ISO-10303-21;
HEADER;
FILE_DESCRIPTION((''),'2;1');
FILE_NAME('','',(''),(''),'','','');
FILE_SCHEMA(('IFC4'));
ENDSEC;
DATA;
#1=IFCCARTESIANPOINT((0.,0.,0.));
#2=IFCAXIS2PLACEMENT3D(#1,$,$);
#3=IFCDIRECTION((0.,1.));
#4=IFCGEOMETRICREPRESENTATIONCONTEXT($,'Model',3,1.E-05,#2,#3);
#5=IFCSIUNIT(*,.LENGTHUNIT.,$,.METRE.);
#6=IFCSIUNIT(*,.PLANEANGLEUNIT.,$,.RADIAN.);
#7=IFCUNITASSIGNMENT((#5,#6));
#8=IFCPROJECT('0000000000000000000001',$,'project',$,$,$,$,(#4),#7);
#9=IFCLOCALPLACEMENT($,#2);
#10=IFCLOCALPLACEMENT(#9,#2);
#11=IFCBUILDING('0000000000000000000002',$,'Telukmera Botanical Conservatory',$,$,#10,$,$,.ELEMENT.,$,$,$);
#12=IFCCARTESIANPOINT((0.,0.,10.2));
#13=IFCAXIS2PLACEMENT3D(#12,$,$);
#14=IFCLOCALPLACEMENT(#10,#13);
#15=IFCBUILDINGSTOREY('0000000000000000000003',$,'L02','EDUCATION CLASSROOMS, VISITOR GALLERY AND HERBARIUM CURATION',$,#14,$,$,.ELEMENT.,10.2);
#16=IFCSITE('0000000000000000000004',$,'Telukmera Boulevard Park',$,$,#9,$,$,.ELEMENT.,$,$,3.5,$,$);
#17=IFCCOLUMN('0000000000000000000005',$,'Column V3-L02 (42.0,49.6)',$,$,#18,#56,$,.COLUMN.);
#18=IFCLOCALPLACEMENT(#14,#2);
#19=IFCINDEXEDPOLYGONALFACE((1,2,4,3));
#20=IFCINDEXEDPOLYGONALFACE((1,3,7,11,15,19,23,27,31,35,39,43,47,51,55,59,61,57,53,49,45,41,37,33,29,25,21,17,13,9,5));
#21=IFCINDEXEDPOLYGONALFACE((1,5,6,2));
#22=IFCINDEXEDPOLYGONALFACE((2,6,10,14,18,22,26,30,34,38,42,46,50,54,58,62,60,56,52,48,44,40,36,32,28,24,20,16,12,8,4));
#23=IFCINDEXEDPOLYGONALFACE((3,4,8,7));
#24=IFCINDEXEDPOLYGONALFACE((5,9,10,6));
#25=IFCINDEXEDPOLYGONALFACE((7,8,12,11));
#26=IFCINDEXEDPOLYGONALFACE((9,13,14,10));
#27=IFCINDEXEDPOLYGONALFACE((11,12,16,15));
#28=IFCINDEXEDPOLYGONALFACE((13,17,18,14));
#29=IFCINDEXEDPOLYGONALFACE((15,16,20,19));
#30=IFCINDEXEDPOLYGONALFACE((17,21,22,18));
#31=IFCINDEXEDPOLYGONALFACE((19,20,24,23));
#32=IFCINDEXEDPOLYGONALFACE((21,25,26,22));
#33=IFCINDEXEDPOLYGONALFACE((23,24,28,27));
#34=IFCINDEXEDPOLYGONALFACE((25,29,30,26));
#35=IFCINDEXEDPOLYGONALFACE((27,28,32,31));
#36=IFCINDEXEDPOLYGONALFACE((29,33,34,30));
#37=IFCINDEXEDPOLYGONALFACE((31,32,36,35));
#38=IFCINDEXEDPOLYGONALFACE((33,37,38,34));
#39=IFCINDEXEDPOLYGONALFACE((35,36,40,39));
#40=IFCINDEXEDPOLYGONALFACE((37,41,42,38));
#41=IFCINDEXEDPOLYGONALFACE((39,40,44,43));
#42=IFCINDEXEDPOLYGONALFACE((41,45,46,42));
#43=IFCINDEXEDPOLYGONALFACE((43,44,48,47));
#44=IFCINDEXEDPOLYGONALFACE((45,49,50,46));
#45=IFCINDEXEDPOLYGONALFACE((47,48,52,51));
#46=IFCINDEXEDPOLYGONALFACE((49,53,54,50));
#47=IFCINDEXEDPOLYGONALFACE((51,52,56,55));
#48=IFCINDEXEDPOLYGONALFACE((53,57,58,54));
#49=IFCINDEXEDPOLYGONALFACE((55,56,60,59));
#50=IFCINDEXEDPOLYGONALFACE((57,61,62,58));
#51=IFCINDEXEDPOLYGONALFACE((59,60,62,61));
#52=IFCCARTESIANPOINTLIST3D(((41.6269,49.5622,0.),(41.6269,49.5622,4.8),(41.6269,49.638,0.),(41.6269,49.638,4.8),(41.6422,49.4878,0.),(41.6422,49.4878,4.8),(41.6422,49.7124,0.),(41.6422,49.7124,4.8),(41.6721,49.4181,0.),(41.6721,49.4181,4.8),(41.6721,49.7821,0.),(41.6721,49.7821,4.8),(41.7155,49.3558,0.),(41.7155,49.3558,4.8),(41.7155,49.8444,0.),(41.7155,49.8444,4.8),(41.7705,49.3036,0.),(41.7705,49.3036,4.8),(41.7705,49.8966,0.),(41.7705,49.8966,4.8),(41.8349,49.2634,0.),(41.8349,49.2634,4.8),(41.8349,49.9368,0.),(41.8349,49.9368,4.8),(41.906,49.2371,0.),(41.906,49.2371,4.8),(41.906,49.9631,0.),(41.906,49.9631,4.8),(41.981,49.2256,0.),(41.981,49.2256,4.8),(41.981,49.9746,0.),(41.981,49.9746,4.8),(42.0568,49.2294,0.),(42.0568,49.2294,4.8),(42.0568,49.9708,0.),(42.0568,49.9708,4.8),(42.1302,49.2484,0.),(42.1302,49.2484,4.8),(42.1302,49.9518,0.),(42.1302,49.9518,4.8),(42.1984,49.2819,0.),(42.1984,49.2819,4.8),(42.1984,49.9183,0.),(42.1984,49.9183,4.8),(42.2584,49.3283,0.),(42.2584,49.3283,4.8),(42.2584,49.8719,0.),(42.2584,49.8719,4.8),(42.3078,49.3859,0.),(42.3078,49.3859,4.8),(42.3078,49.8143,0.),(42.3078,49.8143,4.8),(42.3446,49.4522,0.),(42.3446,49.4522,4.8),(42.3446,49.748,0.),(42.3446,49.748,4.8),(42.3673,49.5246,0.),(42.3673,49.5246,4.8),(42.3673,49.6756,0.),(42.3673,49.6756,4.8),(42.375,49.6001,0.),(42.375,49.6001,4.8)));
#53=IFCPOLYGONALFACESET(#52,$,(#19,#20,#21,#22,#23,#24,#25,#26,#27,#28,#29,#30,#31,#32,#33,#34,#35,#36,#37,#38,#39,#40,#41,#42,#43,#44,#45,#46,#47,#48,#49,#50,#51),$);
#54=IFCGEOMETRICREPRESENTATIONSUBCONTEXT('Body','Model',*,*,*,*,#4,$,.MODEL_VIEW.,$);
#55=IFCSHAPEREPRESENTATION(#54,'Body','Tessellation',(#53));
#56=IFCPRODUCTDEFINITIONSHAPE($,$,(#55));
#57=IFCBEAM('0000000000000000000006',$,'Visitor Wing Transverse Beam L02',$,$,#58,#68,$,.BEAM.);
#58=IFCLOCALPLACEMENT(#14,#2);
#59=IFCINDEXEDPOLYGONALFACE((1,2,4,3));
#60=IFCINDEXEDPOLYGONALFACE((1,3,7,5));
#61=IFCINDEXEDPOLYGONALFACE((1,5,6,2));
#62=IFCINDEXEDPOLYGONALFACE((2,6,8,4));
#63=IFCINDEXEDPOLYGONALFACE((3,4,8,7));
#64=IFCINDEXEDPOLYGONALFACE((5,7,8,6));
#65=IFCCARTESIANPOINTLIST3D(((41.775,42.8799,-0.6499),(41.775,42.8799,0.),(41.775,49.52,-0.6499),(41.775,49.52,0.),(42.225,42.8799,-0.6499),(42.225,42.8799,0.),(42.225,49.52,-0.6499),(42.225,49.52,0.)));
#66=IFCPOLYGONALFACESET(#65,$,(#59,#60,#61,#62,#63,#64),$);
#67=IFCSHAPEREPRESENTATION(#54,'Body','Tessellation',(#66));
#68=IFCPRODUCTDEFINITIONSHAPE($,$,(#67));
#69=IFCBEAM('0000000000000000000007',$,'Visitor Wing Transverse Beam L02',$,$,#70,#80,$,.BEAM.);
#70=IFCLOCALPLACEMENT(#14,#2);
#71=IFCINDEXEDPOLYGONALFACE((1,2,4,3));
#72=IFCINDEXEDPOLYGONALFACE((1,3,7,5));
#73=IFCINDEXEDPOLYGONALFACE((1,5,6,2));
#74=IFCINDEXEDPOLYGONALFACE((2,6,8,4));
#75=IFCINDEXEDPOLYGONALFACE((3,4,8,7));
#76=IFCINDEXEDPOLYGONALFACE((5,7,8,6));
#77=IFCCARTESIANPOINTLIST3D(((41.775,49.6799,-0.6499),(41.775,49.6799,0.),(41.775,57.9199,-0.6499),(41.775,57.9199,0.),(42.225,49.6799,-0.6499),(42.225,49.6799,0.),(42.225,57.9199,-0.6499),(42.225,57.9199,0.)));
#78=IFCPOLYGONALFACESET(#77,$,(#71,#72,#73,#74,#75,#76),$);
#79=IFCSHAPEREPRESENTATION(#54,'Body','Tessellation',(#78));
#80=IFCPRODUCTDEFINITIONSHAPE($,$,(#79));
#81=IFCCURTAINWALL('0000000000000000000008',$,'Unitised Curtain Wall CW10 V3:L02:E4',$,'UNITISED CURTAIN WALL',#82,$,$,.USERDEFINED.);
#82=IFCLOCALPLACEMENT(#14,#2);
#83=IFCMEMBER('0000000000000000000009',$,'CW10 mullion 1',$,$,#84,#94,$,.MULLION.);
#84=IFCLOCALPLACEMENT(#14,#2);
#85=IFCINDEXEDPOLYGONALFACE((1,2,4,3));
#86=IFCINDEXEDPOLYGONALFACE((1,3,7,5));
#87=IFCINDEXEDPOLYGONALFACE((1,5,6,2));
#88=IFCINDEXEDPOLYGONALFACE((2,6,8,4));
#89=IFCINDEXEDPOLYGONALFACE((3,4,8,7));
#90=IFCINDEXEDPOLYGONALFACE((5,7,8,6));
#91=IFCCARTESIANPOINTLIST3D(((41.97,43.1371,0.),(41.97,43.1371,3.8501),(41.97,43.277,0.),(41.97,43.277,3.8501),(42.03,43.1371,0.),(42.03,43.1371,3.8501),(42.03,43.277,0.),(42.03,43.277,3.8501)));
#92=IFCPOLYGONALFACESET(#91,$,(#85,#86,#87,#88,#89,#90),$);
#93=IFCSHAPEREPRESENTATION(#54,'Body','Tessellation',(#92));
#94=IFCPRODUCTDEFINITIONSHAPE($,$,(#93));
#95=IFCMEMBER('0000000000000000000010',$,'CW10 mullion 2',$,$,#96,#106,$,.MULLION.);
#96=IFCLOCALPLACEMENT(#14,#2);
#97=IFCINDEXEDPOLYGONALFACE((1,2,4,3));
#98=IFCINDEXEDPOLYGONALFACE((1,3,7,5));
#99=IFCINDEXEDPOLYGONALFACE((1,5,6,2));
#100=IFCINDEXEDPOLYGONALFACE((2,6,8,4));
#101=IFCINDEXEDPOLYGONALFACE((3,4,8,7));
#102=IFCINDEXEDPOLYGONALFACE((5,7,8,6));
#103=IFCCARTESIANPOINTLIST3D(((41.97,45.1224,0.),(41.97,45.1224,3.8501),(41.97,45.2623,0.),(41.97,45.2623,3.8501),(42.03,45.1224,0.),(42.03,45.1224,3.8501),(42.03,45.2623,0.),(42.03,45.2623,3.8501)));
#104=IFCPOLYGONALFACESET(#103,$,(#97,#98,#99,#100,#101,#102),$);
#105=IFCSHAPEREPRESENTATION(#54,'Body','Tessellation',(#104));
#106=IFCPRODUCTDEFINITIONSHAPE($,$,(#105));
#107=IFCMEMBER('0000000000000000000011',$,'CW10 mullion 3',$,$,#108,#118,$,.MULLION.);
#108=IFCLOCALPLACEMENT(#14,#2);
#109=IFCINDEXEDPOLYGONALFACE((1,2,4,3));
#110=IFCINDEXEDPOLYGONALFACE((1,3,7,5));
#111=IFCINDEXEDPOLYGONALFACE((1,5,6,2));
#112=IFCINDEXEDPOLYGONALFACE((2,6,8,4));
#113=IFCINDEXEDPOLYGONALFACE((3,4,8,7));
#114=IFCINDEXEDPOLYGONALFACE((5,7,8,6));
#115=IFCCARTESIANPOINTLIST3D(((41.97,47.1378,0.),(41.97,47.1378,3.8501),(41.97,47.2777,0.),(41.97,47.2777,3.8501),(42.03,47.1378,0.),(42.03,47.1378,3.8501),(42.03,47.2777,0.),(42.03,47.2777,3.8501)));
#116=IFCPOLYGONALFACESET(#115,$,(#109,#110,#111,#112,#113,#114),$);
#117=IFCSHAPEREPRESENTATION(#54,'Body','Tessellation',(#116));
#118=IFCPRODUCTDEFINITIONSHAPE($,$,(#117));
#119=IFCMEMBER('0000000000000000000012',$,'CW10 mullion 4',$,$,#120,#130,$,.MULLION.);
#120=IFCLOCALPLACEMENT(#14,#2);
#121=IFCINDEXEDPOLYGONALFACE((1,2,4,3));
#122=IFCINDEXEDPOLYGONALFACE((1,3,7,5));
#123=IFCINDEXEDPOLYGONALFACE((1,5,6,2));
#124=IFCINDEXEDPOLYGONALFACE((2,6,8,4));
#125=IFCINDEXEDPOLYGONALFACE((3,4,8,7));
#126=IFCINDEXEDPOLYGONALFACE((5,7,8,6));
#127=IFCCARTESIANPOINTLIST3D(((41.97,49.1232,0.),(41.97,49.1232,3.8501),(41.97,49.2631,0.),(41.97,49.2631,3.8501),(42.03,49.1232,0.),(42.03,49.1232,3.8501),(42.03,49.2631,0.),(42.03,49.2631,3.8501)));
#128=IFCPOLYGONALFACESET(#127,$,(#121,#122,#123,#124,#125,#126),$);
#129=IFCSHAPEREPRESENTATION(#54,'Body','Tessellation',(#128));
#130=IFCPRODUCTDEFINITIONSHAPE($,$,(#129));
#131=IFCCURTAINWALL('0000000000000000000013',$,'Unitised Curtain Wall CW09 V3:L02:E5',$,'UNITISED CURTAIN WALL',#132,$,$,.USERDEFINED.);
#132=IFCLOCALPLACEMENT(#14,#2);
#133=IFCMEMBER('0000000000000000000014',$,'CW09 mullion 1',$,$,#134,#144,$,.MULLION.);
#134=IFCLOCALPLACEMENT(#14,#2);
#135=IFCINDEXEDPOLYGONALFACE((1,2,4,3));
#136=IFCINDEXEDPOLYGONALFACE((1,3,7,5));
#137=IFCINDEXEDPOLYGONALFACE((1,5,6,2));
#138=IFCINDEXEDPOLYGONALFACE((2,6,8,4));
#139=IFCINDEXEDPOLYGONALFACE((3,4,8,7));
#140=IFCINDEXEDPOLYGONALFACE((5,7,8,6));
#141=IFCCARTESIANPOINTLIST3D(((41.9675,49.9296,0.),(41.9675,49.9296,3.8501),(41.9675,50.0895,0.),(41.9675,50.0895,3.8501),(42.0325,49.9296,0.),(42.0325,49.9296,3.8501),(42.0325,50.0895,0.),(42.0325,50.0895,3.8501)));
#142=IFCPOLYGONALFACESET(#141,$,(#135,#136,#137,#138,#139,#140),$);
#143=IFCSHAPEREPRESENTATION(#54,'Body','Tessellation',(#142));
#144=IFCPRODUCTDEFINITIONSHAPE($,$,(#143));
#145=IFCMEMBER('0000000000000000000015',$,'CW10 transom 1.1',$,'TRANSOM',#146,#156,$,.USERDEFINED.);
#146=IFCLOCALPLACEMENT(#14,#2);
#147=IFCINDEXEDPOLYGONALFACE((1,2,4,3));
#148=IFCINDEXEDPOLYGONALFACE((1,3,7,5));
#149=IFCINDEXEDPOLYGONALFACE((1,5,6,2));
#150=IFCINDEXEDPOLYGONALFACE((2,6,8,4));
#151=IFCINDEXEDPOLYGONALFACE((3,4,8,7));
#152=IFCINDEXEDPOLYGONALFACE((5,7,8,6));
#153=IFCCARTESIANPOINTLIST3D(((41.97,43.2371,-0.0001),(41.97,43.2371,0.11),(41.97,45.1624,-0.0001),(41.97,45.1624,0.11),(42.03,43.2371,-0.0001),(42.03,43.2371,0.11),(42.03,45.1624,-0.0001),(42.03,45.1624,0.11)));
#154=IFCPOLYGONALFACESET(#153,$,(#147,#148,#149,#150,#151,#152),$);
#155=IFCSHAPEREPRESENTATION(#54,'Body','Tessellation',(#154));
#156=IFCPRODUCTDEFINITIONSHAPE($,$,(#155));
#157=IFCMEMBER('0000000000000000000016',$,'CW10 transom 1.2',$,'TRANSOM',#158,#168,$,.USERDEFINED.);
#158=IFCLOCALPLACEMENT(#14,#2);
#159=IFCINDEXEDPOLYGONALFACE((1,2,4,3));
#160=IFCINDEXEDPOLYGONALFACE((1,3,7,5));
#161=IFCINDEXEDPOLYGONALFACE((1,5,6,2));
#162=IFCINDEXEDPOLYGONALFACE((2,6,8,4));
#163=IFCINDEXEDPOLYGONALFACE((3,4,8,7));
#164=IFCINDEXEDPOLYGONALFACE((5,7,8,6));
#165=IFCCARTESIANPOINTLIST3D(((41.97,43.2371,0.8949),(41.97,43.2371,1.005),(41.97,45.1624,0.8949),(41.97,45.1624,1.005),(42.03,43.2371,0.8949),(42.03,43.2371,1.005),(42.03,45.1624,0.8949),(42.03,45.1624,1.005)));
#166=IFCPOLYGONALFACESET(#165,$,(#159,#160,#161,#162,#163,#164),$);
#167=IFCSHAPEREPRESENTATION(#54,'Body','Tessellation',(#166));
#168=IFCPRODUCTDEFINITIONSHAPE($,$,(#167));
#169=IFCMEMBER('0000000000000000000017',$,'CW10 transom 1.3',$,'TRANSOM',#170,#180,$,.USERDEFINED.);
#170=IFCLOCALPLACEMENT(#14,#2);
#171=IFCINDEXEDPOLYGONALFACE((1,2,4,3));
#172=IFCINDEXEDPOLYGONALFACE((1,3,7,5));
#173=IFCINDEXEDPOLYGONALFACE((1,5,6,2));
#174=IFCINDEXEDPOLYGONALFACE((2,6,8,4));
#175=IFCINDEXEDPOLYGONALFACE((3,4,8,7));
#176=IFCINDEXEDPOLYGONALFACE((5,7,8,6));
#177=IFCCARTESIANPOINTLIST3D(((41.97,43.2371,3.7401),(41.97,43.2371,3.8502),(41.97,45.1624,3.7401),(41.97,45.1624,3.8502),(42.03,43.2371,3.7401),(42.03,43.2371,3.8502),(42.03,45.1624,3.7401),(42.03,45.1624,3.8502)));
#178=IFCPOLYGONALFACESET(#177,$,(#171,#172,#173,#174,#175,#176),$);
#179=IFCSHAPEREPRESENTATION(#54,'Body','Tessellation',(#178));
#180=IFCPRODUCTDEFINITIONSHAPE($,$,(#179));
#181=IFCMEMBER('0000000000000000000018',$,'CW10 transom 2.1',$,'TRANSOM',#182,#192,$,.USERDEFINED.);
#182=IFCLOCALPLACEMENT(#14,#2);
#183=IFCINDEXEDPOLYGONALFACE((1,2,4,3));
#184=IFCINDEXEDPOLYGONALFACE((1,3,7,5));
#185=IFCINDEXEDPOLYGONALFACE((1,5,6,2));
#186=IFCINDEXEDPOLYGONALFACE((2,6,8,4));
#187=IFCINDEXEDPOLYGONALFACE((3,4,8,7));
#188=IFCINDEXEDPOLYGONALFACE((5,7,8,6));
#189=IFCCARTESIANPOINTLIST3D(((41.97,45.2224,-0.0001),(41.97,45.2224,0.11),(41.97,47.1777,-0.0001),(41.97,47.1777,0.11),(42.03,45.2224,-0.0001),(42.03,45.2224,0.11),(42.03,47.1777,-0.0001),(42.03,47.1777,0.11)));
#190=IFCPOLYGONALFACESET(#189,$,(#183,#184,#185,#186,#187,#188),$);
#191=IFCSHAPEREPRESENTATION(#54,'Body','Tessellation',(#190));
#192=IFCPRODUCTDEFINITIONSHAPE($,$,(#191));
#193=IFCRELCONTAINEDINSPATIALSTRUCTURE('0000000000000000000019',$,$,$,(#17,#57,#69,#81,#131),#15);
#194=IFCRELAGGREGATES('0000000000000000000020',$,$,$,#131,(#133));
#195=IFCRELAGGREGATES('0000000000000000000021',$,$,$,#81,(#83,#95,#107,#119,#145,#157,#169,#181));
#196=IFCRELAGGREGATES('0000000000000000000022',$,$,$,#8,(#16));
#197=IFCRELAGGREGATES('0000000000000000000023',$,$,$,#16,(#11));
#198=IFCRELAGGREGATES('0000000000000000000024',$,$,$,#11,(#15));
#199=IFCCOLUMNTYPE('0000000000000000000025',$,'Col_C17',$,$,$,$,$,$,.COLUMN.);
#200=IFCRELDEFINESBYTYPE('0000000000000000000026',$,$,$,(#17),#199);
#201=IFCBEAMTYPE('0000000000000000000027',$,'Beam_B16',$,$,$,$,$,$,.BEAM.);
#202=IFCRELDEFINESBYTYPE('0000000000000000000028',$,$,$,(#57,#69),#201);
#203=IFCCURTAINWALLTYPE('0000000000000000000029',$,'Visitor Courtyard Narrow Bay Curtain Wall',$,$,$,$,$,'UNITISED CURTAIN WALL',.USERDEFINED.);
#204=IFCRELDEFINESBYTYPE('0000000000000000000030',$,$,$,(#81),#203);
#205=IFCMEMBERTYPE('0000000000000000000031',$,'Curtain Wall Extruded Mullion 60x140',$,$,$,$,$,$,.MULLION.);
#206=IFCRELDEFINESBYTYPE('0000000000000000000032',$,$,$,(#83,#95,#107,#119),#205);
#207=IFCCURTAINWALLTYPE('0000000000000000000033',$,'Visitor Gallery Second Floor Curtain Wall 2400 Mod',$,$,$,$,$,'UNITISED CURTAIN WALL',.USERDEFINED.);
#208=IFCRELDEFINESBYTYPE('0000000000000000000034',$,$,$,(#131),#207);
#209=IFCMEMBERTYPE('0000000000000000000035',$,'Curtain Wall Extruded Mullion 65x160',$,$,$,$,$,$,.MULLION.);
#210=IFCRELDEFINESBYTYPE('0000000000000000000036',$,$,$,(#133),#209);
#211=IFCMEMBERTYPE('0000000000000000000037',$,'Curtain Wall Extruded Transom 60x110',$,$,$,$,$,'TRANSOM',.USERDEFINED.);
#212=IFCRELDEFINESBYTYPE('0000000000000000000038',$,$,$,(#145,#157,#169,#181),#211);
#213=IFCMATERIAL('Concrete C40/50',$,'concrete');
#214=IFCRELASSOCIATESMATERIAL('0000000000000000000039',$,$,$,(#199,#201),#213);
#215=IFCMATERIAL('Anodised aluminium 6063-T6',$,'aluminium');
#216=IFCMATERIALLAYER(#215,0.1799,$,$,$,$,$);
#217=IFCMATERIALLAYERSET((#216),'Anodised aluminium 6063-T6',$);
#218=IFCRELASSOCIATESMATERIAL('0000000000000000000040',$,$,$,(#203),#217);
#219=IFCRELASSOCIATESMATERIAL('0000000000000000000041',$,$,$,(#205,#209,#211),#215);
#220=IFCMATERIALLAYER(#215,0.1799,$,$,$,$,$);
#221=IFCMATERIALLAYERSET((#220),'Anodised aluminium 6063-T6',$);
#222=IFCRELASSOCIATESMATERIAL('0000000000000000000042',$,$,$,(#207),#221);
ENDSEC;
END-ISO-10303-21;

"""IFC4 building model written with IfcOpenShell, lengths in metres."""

from ifc_helpers import new_model, si_unit, direction, frame, origin, origin_2d, place, context, subcontext, project, spatial, rectangle, circle, extrude, material, layer, layer_set, material_profile, profile_set, type_object, element, aggregate, save


model = new_model("IFC4")

# Units and contexts
model_context = context("Model", 3, precision=1e-05, world=origin(), true_north=direction((0.0, 1.0)))
body_context = subcontext(model_context, "Body", "Model", "MODEL_VIEW")
ifc_project = project(units=[si_unit("LENGTHUNIT", "METRE"), si_unit("PLANEANGLEUNIT", "RADIAN")], contexts=[model_context])

# Site, building, storey
site_placement = place(None, origin())
site = spatial("IfcSite", under=ifc_project, at=site_placement, Name="Telukmera Boulevard Park", CompositionType="ELEMENT", RefElevation=3.5)
building_placement = place(site_placement, origin())
building = spatial("IfcBuilding", under=site, at=building_placement, Name="Telukmera Botanical Conservatory", CompositionType="ELEMENT")
storey_placement = place(building_placement, frame((0.0, 0.0, 10.2)))
storey = spatial("IfcBuildingStorey", under=building, at=storey_placement, Name="L02", Description="EDUCATION CLASSROOMS, VISITOR GALLERY AND HERBARIUM CURATION", CompositionType="ELEMENT", Elevation=10.2)

# Column
ifc_material_1 = material(Name="Concrete C40/50", Category="concrete")
ifc_material_profile_1 = material_profile(ifc_material_1, circle(Radius=0.375, at=origin_2d()), Name="RC D750")
ifc_profile_set_1 = profile_set([ifc_material_profile_1], Name="Concrete C40/50")
column_type = type_object("IfcColumnType", Name="Col_C17", PredefinedType="COLUMN", material=ifc_profile_set_1)
column_placement = place(storey_placement, frame((42.0, 49.6001, 0.0), z_axis=(0.0, 0.0, 1.0), x_axis=(1.0, 0.0, 0.0)))
element("IfcColumn", 1, at=column_placement, inside=storey, type_object=column_type, Name="Column V3-L02 (42.0,49.6)", PredefinedType="COLUMN", context=body_context, shape_type="SweptSolid", body=[
    extrude(circle(Radius=0.375, at=origin_2d()), origin(), (0.0, 0.0, 1.0), 4.8),
])

# Beams
ifc_material_profile_2 = material_profile(ifc_material_1, rectangle(XDim=0.45, YDim=0.6499, at=origin_2d()), Name="RC 450x650")
ifc_profile_set_2 = profile_set([ifc_material_profile_2], Name="Concrete C40/50")
beam_type = type_object("IfcBeamType", Name="Beam_B16", PredefinedType="BEAM", material=ifc_profile_set_2)
beam_1_placement = place(storey_placement, frame((42.0, 42.8799, -0.325), z_axis=(0.0, 1.0, 0.0), x_axis=(-1.0, 0.0, 0.0)))
element("IfcBeam", 2, at=beam_1_placement, inside=storey, type_object=beam_type, Name="Visitor Wing Transverse Beam L02", PredefinedType="BEAM", context=body_context, shape_type="SweptSolid", body=[
    extrude(rectangle(XDim=0.45, YDim=0.6499, at=origin_2d()), origin(), (0.0, 0.0, 1.0), 6.6401),
])
beam_2_placement = place(storey_placement, frame((42.0, 49.6799, -0.325), z_axis=(0.0, 1.0, 0.0), x_axis=(-1.0, 0.0, 0.0)))
element("IfcBeam", 3, at=beam_2_placement, inside=storey, type_object=beam_type, Name="Visitor Wing Transverse Beam L02", PredefinedType="BEAM", context=body_context, shape_type="SweptSolid", body=[
    extrude(rectangle(XDim=0.45, YDim=0.6499, at=origin_2d()), origin(), (0.0, 0.0, 1.0), 8.24),
])

# Curtain wall, members
ifc_material_2 = material(Name="Anodised aluminium 6063-T6", Category="aluminium")
ifc_layer_1 = layer(ifc_material_2, 0.1799)
ifc_layer_set_1 = layer_set([ifc_layer_1], Name="Anodised aluminium 6063-T6")
curtain_wall_type_1 = type_object("IfcCurtainWallType", Name="Visitor Courtyard Narrow Bay Curtain Wall", ElementType="UNITISED CURTAIN WALL", PredefinedType="USERDEFINED", material=ifc_layer_set_1)
curtain_wall_1_placement = place(storey_placement, origin())
curtain_wall_1 = element("IfcCurtainWall", 4, at=curtain_wall_1_placement, inside=storey, type_object=curtain_wall_type_1, Name="Unitised Curtain Wall CW10 V3:L02:E4", ObjectType="UNITISED CURTAIN WALL", PredefinedType="USERDEFINED")
ifc_material_profile_3 = material_profile(ifc_material_2, rectangle(XDim=0.0601, YDim=0.1399, at=origin_2d()), Name="ALU MULL 60x140")
ifc_profile_set_3 = profile_set([ifc_material_profile_3], Name="Anodised aluminium 6063-T6")
member_type_1 = type_object("IfcMemberType", Name="Curtain Wall Extruded Mullion 60x140", PredefinedType="MULLION", material=ifc_profile_set_3)
member_1_placement = place(storey_placement, frame((42.0, 43.207, 0.0), z_axis=(0.0, 0.0, 1.0), x_axis=(-1.0, 0.0, 0.0)))
member_1 = element("IfcMember", 5, at=member_1_placement, type_object=member_type_1, Name="CW10 mullion 1", PredefinedType="MULLION", context=body_context, shape_type="SweptSolid", body=[
    extrude(rectangle(XDim=0.0601, YDim=0.1399, at=origin_2d()), origin(), (0.0, 0.0, 1.0), 3.8501),
])
member_2_placement = place(storey_placement, frame((42.0, 45.1924, 0.0), z_axis=(0.0, 0.0, 1.0), x_axis=(-1.0, 0.0, 0.0)))
member_2 = element("IfcMember", 6, at=member_2_placement, type_object=member_type_1, Name="CW10 mullion 2", PredefinedType="MULLION", context=body_context, shape_type="SweptSolid", body=[
    extrude(rectangle(XDim=0.0601, YDim=0.1399, at=origin_2d()), origin(), (0.0, 0.0, 1.0), 3.8501),
])
member_3_placement = place(storey_placement, frame((42.0, 47.2078, 0.0), z_axis=(0.0, 0.0, 1.0), x_axis=(-1.0, 0.0, 0.0)))
member_3 = element("IfcMember", 7, at=member_3_placement, type_object=member_type_1, Name="CW10 mullion 3", PredefinedType="MULLION", context=body_context, shape_type="SweptSolid", body=[
    extrude(rectangle(XDim=0.0601, YDim=0.1399, at=origin_2d()), origin(), (0.0, 0.0, 1.0), 3.8501),
])
member_4_placement = place(storey_placement, frame((42.0, 49.1931, 0.0), z_axis=(0.0, 0.0, 1.0), x_axis=(-1.0, 0.0, 0.0)))
member_4 = element("IfcMember", 8, at=member_4_placement, type_object=member_type_1, Name="CW10 mullion 4", PredefinedType="MULLION", context=body_context, shape_type="SweptSolid", body=[
    extrude(rectangle(XDim=0.0601, YDim=0.1399, at=origin_2d()), origin(), (0.0, 0.0, 1.0), 3.8501),
])

# Curtain wall, member
ifc_layer_2 = layer(ifc_material_2, 0.1799)
ifc_layer_set_2 = layer_set([ifc_layer_2], Name="Anodised aluminium 6063-T6")
curtain_wall_type_2 = type_object("IfcCurtainWallType", Name="Visitor Gallery Second Floor Curtain Wall 2400 Mod", ElementType="UNITISED CURTAIN WALL", PredefinedType="USERDEFINED", material=ifc_layer_set_2)
curtain_wall_2_placement = place(storey_placement, origin())
curtain_wall_2 = element("IfcCurtainWall", 9, at=curtain_wall_2_placement, inside=storey, type_object=curtain_wall_type_2, Name="Unitised Curtain Wall CW09 V3:L02:E5", ObjectType="UNITISED CURTAIN WALL", PredefinedType="USERDEFINED")
ifc_material_profile_4 = material_profile(ifc_material_2, rectangle(XDim=0.0649, YDim=0.1599, at=origin_2d()), Name="ALU MULL 65x160")
ifc_profile_set_4 = profile_set([ifc_material_profile_4], Name="Anodised aluminium 6063-T6")
member_type_2 = type_object("IfcMemberType", Name="Curtain Wall Extruded Mullion 65x160", PredefinedType="MULLION", material=ifc_profile_set_4)
member_5_placement = place(storey_placement, frame((42.0, 50.0095, 0.0), z_axis=(0.0, 0.0, 1.0), x_axis=(-1.0, 0.0, 0.0)))
member_5 = element("IfcMember", 10, at=member_5_placement, type_object=member_type_2, Name="CW09 mullion 1", PredefinedType="MULLION", context=body_context, shape_type="SweptSolid", body=[
    extrude(rectangle(XDim=0.0649, YDim=0.1599, at=origin_2d()), origin(), (0.0, 0.0, 1.0), 3.8501),
])

# Members
ifc_material_profile_5 = material_profile(ifc_material_2, rectangle(XDim=0.0601, YDim=0.1101, at=origin_2d()), Name="ALU TRAN 60x110")
ifc_profile_set_5 = profile_set([ifc_material_profile_5], Name="Anodised aluminium 6063-T6")
member_type_3 = type_object("IfcMemberType", Name="Curtain Wall Extruded Transom 60x110", ElementType="TRANSOM", PredefinedType="USERDEFINED", material=ifc_profile_set_5)
member_6_placement = place(storey_placement, frame((42.0, 43.2371, 0.0549), z_axis=(0.0, 1.0, 0.0), x_axis=(-1.0, 0.0, 0.0)))
member_6 = element("IfcMember", 11, at=member_6_placement, type_object=member_type_3, Name="CW10 transom 1.1", ObjectType="TRANSOM", PredefinedType="USERDEFINED", context=body_context, shape_type="SweptSolid", body=[
    extrude(rectangle(XDim=0.0601, YDim=0.1101, at=origin_2d()), origin(), (0.0, 0.0, 1.0), 1.9253),
])
member_7_placement = place(storey_placement, frame((42.0, 43.2371, 0.95), z_axis=(0.0, 1.0, 0.0), x_axis=(-1.0, 0.0, 0.0)))
member_7 = element("IfcMember", 12, at=member_7_placement, type_object=member_type_3, Name="CW10 transom 1.2", ObjectType="TRANSOM", PredefinedType="USERDEFINED", context=body_context, shape_type="SweptSolid", body=[
    extrude(rectangle(XDim=0.0601, YDim=0.1101, at=origin_2d()), origin(), (0.0, 0.0, 1.0), 1.9253),
])
member_8_placement = place(storey_placement, frame((42.0, 43.2371, 3.7952), z_axis=(0.0, 1.0, 0.0), x_axis=(-1.0, 0.0, 0.0)))
member_8 = element("IfcMember", 13, at=member_8_placement, type_object=member_type_3, Name="CW10 transom 1.3", ObjectType="TRANSOM", PredefinedType="USERDEFINED", context=body_context, shape_type="SweptSolid", body=[
    extrude(rectangle(XDim=0.0601, YDim=0.1101, at=origin_2d()), origin(), (0.0, 0.0, 1.0), 1.9253),
])
member_9_placement = place(storey_placement, frame((42.0, 45.2224, 0.0549), z_axis=(0.0, 1.0, 0.0), x_axis=(-1.0, 0.0, 0.0)))
member_9 = element("IfcMember", 14, at=member_9_placement, type_object=member_type_3, Name="CW10 transom 2.1", ObjectType="TRANSOM", PredefinedType="USERDEFINED", context=body_context, shape_type="SweptSolid", body=[
    extrude(rectangle(XDim=0.0601, YDim=0.1101, at=origin_2d()), origin(), (0.0, 0.0, 1.0), 1.9553),
])

aggregate(curtain_wall_2, [member_5])
aggregate(curtain_wall_1, [member_1, member_2, member_3, member_4, member_6, member_7, member_8, member_9])

save(model, "model.ifc")
